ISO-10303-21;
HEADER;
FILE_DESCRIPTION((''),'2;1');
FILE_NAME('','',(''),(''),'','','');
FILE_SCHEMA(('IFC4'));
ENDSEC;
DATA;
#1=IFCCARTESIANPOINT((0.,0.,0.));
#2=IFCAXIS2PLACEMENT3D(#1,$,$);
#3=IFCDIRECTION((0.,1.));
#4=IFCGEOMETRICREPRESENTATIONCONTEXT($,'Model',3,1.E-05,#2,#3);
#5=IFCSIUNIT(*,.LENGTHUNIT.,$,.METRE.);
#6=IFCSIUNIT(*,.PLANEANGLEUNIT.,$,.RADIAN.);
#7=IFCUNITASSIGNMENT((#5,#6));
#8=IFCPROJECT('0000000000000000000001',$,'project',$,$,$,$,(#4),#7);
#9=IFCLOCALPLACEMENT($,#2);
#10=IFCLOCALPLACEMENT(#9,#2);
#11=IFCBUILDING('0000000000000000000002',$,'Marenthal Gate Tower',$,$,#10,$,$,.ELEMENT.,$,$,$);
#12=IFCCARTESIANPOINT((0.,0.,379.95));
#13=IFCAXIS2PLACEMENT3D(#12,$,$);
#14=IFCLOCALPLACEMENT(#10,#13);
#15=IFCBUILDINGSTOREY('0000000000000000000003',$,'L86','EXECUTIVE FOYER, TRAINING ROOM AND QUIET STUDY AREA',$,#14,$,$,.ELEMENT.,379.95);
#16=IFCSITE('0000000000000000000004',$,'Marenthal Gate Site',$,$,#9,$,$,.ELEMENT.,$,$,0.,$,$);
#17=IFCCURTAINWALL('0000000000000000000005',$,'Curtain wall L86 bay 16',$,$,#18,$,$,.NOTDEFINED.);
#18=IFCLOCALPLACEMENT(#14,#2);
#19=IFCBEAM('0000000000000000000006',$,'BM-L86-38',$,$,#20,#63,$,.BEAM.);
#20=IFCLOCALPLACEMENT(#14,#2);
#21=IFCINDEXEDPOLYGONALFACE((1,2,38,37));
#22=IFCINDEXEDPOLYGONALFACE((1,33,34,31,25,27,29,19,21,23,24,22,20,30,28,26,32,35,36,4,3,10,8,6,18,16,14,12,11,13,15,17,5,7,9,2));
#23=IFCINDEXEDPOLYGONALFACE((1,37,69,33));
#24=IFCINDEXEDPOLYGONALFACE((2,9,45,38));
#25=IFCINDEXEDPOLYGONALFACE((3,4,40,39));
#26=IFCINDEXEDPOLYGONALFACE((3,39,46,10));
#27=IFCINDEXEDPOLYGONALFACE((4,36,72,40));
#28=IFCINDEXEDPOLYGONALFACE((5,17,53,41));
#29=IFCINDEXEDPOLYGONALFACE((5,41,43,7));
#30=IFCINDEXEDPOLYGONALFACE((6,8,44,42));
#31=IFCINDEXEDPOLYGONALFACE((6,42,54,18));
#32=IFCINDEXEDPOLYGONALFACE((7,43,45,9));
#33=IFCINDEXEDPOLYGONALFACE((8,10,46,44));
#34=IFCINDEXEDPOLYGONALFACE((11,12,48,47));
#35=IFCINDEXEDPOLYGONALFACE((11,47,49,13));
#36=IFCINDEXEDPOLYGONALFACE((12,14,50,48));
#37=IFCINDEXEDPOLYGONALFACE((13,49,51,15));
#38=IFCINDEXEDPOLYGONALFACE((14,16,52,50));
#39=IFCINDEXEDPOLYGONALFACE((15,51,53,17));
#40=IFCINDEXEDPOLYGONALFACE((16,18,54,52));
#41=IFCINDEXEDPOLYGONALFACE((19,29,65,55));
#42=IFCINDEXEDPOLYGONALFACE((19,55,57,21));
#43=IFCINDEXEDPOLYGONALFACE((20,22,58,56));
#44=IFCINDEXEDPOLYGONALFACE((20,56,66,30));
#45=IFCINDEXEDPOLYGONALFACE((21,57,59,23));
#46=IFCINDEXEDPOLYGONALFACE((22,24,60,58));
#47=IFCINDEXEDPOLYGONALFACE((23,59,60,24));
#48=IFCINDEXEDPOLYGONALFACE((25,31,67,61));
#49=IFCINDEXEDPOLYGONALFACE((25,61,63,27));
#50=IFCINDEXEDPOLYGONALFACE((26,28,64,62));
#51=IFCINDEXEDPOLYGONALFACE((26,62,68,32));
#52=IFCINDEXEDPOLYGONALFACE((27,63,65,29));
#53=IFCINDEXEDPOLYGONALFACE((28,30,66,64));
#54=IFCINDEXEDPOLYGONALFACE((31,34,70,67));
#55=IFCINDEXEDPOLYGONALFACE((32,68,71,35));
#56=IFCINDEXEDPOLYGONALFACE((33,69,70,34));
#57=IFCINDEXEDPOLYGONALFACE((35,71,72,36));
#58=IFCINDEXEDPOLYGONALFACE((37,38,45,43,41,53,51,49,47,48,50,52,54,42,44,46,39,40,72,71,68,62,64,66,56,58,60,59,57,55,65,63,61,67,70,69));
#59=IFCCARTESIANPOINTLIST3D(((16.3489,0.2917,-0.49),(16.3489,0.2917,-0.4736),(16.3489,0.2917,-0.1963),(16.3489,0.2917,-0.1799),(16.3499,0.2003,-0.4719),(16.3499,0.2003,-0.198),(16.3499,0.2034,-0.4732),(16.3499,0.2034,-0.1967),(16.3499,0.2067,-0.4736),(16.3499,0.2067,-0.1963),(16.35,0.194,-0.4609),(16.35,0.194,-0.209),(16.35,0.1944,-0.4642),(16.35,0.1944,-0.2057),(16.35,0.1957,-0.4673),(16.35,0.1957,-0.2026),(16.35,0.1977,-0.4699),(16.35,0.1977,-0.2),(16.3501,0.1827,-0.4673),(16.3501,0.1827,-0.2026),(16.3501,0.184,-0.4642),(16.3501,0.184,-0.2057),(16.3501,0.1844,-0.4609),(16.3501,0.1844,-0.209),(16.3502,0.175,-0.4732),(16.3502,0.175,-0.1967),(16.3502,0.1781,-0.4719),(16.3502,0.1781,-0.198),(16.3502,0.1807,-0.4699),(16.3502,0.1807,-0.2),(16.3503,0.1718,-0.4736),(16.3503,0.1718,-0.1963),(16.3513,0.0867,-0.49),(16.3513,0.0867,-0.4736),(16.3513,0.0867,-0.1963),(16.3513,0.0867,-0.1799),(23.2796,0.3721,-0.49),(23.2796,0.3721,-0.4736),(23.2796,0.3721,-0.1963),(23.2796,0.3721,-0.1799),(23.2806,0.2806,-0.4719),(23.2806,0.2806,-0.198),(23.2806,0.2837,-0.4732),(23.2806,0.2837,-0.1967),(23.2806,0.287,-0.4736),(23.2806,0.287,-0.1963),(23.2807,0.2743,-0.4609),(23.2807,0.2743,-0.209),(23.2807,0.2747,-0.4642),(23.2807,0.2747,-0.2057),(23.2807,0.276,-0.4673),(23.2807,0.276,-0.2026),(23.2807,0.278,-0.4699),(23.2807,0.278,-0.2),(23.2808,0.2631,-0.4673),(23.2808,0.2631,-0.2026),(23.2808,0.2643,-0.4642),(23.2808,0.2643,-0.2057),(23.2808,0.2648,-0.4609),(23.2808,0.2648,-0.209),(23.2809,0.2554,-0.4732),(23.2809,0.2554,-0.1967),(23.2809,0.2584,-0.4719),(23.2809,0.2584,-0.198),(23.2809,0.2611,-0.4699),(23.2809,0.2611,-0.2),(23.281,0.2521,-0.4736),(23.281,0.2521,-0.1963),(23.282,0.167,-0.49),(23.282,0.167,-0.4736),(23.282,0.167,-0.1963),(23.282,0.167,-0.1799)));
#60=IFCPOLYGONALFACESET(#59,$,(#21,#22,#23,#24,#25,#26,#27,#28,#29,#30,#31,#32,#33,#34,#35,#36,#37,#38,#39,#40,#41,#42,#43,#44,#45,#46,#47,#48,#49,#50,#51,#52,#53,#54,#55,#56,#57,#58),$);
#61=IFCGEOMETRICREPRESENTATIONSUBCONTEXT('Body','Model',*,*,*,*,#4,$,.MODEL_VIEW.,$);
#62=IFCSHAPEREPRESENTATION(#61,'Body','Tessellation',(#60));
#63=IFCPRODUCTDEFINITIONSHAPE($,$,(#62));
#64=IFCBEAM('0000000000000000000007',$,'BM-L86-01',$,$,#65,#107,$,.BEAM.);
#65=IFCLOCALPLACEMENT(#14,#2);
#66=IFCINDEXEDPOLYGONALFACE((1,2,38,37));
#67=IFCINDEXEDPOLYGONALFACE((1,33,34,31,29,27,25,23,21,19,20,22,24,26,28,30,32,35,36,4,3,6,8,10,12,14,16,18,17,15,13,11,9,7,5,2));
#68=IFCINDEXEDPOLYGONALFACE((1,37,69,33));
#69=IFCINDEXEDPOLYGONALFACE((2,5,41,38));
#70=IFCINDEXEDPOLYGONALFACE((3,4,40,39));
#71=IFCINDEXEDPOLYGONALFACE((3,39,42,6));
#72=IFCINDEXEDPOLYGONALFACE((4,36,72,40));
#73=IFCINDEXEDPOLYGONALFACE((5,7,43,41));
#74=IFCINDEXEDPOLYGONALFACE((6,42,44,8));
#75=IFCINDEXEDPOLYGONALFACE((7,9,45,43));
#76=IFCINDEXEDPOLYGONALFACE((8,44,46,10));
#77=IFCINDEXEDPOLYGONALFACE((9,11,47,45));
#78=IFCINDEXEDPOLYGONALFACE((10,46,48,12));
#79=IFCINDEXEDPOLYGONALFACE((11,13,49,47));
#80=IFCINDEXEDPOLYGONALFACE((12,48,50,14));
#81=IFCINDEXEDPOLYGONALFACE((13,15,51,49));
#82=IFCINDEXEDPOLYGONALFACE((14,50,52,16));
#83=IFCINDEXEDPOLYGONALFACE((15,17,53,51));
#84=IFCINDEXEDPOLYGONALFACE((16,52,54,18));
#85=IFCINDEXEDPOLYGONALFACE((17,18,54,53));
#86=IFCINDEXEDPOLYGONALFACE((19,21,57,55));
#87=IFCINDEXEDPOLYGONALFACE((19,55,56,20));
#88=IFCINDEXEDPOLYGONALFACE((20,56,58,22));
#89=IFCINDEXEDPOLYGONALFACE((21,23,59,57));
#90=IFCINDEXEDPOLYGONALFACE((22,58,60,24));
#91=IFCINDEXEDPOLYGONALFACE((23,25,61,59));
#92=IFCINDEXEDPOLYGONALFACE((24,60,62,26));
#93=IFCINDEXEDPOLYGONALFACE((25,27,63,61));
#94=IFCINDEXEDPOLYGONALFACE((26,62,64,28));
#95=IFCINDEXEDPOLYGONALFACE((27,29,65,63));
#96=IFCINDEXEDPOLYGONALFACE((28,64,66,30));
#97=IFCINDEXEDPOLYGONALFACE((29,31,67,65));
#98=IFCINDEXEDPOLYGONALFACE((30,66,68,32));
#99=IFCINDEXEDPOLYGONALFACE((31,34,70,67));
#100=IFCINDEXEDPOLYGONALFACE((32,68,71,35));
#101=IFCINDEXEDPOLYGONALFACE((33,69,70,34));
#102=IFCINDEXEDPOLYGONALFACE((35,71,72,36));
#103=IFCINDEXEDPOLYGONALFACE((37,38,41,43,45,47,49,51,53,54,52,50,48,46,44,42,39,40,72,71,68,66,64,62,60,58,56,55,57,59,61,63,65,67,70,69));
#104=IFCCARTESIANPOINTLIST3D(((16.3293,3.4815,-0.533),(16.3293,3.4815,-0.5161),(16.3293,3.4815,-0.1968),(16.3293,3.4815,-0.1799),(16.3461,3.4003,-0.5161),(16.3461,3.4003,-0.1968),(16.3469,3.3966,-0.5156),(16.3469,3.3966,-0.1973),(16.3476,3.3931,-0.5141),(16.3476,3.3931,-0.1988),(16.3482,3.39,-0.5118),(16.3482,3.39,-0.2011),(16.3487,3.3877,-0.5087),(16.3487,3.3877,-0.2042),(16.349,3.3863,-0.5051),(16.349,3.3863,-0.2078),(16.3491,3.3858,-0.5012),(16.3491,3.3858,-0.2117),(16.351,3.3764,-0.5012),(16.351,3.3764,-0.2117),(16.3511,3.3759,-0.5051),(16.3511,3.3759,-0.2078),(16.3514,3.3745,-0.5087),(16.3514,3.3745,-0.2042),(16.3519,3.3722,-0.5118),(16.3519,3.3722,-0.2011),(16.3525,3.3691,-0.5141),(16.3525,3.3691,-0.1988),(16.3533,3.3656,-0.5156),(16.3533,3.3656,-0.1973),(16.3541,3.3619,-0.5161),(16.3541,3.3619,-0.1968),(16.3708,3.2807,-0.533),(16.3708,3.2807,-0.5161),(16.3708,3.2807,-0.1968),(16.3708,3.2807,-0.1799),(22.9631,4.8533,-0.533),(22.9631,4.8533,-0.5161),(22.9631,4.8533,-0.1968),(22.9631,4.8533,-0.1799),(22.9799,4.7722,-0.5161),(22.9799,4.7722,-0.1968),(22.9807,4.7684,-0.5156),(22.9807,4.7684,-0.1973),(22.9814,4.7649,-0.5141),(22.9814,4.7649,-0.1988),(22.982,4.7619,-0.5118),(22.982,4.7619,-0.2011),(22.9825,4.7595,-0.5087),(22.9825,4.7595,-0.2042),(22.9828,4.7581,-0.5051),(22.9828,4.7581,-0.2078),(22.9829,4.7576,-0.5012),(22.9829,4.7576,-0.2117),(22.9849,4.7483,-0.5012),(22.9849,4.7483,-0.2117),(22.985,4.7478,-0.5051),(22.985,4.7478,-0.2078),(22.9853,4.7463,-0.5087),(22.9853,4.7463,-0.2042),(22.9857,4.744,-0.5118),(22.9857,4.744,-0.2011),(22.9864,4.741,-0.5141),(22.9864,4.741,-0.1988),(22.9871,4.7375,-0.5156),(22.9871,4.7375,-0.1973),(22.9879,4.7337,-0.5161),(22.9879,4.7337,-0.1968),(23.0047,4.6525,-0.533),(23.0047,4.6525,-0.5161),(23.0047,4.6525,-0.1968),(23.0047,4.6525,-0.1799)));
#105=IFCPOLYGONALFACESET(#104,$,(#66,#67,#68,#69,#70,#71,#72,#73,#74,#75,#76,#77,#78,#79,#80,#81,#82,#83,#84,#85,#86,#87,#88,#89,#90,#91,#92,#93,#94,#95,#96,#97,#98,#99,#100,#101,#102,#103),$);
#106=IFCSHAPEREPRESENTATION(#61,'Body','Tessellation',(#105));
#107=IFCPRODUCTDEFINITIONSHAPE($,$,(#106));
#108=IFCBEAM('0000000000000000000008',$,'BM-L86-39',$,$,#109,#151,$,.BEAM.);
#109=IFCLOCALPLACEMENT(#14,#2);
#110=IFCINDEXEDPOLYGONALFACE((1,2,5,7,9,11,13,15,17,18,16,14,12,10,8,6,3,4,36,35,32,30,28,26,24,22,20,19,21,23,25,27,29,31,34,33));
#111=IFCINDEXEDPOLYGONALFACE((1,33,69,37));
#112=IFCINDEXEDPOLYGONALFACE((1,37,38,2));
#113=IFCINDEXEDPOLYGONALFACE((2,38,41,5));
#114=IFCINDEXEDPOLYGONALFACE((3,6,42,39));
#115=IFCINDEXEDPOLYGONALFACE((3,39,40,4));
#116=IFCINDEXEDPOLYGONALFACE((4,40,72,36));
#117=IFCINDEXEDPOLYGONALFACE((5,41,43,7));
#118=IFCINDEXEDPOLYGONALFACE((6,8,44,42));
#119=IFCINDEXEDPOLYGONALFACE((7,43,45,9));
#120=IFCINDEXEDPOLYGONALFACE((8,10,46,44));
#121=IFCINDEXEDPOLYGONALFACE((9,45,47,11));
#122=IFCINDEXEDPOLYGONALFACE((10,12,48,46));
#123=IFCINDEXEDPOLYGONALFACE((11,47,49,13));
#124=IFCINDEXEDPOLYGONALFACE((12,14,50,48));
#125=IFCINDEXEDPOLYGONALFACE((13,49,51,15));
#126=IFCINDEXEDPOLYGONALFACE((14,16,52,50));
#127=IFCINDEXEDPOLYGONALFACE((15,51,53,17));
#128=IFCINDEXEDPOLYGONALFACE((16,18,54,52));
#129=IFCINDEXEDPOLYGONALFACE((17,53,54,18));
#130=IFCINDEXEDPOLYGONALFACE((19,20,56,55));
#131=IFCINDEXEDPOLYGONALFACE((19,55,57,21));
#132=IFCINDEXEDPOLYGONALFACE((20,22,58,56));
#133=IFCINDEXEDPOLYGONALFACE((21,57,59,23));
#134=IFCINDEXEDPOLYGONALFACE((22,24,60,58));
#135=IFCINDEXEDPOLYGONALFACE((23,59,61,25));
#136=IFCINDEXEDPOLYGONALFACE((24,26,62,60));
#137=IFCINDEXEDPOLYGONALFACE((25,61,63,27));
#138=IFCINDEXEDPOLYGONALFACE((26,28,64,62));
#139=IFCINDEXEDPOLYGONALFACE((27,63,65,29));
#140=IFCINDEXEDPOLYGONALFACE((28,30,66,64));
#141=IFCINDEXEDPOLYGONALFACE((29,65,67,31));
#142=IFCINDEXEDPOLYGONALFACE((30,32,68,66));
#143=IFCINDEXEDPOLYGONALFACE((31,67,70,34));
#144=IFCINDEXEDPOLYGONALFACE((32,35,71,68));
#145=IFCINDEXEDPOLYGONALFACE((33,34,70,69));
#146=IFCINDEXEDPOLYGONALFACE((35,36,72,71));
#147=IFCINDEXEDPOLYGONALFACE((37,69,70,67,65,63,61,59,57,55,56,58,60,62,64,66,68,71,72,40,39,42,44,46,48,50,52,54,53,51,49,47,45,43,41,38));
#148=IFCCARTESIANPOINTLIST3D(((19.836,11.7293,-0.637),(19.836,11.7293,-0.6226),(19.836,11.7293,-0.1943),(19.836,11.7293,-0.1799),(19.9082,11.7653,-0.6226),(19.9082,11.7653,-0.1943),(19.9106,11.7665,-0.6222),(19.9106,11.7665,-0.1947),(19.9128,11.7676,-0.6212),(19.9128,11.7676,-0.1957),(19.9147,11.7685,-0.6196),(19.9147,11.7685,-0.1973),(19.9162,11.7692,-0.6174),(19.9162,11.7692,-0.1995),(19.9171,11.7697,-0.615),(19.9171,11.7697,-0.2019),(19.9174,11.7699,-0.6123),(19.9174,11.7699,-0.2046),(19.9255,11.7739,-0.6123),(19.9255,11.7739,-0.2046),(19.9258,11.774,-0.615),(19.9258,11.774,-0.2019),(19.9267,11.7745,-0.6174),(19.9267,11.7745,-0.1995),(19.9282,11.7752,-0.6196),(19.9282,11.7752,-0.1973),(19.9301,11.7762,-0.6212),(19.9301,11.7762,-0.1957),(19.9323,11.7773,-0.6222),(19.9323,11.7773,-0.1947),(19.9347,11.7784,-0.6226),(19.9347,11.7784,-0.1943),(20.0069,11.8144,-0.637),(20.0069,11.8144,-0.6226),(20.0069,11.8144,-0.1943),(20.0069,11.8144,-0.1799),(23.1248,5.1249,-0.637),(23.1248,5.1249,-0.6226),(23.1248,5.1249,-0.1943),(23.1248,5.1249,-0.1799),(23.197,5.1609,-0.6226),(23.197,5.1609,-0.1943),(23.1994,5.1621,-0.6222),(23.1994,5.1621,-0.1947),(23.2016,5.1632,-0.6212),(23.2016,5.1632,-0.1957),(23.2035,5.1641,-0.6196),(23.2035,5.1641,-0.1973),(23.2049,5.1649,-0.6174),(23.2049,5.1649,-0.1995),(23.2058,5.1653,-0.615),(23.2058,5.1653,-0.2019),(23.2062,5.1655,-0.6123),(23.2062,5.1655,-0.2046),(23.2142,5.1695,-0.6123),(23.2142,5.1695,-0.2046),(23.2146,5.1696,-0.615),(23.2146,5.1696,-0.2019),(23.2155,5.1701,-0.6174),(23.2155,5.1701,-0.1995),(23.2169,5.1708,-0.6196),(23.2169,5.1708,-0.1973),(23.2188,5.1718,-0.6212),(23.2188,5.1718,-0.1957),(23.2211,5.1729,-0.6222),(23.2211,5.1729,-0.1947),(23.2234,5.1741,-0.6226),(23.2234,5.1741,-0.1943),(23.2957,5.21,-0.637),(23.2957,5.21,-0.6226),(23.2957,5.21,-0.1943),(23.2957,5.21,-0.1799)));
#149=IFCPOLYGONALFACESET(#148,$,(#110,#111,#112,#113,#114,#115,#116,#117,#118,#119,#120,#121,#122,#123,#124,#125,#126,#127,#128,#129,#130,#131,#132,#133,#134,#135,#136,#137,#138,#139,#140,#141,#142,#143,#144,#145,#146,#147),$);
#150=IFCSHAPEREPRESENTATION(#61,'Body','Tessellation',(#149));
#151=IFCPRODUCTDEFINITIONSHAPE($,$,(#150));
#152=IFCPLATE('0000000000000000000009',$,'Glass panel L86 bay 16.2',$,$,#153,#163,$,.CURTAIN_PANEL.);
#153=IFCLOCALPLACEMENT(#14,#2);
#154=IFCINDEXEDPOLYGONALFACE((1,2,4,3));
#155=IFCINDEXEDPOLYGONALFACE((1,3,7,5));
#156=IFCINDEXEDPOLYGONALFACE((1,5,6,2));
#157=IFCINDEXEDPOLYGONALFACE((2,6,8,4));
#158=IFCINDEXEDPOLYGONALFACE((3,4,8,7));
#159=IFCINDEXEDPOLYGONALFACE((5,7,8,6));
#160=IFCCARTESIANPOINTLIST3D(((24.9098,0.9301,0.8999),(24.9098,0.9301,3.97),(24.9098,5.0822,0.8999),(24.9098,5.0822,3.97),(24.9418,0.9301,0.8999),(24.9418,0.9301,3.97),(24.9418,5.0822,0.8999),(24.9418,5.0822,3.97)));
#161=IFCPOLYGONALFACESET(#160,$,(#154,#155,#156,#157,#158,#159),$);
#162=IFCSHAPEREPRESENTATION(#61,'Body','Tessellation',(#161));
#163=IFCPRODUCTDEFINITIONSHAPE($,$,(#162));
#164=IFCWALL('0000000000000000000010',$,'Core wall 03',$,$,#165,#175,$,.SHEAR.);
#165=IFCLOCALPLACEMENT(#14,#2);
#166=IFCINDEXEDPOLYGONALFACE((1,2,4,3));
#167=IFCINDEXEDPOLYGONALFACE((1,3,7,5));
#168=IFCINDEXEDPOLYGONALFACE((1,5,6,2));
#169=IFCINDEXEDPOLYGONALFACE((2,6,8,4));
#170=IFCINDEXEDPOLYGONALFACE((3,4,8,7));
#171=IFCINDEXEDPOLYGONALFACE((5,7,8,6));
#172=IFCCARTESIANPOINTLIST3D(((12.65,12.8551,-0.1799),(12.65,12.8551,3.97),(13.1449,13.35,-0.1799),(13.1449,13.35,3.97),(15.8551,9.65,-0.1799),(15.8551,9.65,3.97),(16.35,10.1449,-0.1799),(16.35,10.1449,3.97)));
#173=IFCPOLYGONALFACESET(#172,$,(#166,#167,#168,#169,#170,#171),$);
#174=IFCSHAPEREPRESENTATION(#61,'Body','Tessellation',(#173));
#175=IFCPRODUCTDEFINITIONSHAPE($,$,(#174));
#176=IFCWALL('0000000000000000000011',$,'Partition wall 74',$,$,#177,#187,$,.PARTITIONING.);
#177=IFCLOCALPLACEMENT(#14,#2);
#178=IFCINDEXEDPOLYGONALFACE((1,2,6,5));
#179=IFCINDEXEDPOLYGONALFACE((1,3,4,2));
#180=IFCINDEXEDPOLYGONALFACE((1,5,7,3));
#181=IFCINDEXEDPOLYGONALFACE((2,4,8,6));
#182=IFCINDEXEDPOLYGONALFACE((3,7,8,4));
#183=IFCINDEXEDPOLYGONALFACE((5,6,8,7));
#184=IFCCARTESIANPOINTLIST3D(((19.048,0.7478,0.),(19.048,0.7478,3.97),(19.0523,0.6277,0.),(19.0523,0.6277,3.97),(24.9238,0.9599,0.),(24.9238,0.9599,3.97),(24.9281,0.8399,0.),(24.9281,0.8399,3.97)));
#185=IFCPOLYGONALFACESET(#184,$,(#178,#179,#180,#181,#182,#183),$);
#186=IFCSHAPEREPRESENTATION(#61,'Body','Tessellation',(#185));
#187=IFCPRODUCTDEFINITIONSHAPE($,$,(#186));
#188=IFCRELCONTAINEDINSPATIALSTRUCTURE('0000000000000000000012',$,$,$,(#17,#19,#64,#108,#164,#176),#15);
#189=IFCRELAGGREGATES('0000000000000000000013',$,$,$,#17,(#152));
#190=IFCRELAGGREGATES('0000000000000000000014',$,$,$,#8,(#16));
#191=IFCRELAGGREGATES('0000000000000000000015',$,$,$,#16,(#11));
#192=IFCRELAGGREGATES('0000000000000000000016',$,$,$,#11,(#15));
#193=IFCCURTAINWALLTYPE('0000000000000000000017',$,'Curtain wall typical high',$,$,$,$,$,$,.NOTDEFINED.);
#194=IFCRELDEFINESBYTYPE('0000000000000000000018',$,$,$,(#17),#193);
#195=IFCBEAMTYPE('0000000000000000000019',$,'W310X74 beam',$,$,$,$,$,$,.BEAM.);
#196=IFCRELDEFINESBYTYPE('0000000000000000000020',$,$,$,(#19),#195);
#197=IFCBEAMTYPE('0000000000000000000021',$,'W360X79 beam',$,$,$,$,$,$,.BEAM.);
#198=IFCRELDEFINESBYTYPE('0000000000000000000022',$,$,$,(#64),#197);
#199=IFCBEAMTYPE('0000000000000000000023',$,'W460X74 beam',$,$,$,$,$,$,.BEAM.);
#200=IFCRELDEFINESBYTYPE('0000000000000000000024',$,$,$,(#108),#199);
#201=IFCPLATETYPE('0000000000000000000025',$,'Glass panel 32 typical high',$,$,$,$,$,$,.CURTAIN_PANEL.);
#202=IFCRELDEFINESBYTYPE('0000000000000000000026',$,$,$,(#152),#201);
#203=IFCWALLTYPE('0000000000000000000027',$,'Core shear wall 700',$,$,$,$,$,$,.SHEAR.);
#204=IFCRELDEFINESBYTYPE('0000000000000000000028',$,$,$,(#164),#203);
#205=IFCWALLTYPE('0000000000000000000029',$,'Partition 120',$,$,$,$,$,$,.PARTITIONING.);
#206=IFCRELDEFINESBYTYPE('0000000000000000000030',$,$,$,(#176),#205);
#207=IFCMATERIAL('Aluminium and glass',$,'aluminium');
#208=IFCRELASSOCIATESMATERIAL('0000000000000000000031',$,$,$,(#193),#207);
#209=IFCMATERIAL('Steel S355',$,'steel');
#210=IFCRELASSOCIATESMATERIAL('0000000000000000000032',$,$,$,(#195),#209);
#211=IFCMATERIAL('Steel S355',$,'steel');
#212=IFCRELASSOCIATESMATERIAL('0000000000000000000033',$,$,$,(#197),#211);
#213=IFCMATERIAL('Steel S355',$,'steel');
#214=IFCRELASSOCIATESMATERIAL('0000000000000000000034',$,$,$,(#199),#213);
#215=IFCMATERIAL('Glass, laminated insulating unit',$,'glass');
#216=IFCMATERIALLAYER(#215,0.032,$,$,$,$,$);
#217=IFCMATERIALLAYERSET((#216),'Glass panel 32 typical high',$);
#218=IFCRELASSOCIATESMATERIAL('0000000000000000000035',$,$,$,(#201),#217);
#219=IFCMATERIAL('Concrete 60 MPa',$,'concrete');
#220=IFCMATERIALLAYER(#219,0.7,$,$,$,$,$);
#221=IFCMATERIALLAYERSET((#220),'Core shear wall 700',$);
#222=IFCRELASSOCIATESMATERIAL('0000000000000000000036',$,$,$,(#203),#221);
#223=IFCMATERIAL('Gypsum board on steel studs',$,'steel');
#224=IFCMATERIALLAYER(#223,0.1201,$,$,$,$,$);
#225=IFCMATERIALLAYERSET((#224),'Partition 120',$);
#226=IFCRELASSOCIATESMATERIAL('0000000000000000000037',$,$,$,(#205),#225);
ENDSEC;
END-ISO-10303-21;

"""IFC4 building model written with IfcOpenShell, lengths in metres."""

from ifc_helpers import new_model, si_unit, direction, frame, frame_2d, origin, origin_2d, place, context, subcontext, project, spatial, rectangle, i_section, extrude, material, layer, layer_set, material_profile, profile_set, type_object, element, aggregate, save


model = new_model("IFC4")

# Units and contexts
model_context = context("Model", 3, precision=1e-05, world=origin(), true_north=direction((0.0, 1.0)))
body_context = subcontext(model_context, "Body", "Model", "MODEL_VIEW")
ifc_project = project(units=[si_unit("LENGTHUNIT", "METRE"), si_unit("PLANEANGLEUNIT", "RADIAN")], contexts=[model_context])

# Site, building, storey
site_placement = place(None, origin())
site = spatial("IfcSite", under=ifc_project, at=site_placement, Name="Marenthal Gate Site", CompositionType="ELEMENT", RefElevation=0.0)
building_placement = place(site_placement, origin())
building = spatial("IfcBuilding", under=site, at=building_placement, Name="Marenthal Gate Tower", CompositionType="ELEMENT")
storey_placement = place(building_placement, frame((0.0, 0.0, 379.95)))
storey = spatial("IfcBuildingStorey", under=building, at=storey_placement, Name="L86", Description="EXECUTIVE FOYER, TRAINING ROOM AND QUIET STUDY AREA", CompositionType="ELEMENT", Elevation=379.95)

# Curtain wall
ifc_material_1 = material(Name="Aluminium and glass", Category="aluminium")
curtain_wall_type = type_object("IfcCurtainWallType", Name="Curtain wall typical high", PredefinedType="NOTDEFINED", material=ifc_material_1)
curtain_wall_placement = place(storey_placement, origin())
curtain_wall = element("IfcCurtainWall", 1, at=curtain_wall_placement, inside=storey, type_object=curtain_wall_type, Name="Curtain wall L86 bay 16", PredefinedType="NOTDEFINED")

# Beams
ifc_material_2 = material(Name="Steel S355", Category="steel")
ifc_material_profile_1 = material_profile(ifc_material_2, i_section(OverallWidth=0.2051, OverallDepth=0.3101, WebThickness=0.0095, FlangeThickness=0.0164, FilletRadius=0.0127, at=origin_2d()), Name="W310X74")
ifc_profile_set_1 = profile_set([ifc_material_profile_1], Name="Steel S355")
beam_type_1 = type_object("IfcBeamType", Name="W310X74 beam", PredefinedType="BEAM", material=ifc_profile_set_1)
beam_1_placement = place(storey_placement, frame((23.2808, 0.2695, -0.335), z_axis=(-0.999933, -0.011589, 0.0), x_axis=(0.011589, -0.999933, 0.0)))
element("IfcBeam", 2, at=beam_1_placement, inside=storey, type_object=beam_type_1, Name="BM-L86-38", PredefinedType="BEAM", context=body_context, shape_type="SweptSolid", body=[
    extrude(i_section(OverallWidth=0.2051, OverallDepth=0.3101, WebThickness=0.0095, FlangeThickness=0.0164, FilletRadius=0.0127, at=origin_2d()), origin(), (0.0, 0.0, 1.0), 6.9312),
])
ifc_material_3 = material(Name="Steel S355", Category="steel")
ifc_material_profile_2 = material_profile(ifc_material_3, i_section(OverallWidth=0.2051, OverallDepth=0.353, WebThickness=0.0095, FlangeThickness=0.0168, FilletRadius=0.0149, at=origin_2d()), Name="W360X79")
ifc_profile_set_2 = profile_set([ifc_material_profile_2], Name="Steel S355")
beam_type_2 = type_object("IfcBeamType", Name="W360X79 beam", PredefinedType="BEAM", material=ifc_profile_set_2)
beam_2_placement = place(storey_placement, frame((22.9839, 4.7529, -0.3564), z_axis=(-0.97928, -0.202509, 0.0), x_axis=(0.202509, -0.97928, 0.0)))
element("IfcBeam", 3, at=beam_2_placement, inside=storey, type_object=beam_type_2, Name="BM-L86-01", PredefinedType="BEAM", context=body_context, shape_type="SweptSolid", body=[
    extrude(i_section(OverallWidth=0.2051, OverallDepth=0.353, WebThickness=0.0095, FlangeThickness=0.0168, FilletRadius=0.0149, at=origin_2d()), origin(), (0.0, 0.0, 1.0), 6.7742),
])
ifc_material_4 = material(Name="Steel S355", Category="steel")
ifc_material_profile_3 = material_profile(ifc_material_4, i_section(OverallWidth=0.1909, OverallDepth=0.457, WebThickness=0.009, FlangeThickness=0.0144, FilletRadius=0.0103, at=origin_2d()), Name="W460X74")
ifc_profile_set_3 = profile_set([ifc_material_profile_3], Name="Steel S355")
beam_type_3 = type_object("IfcBeamType", Name="W460X74 beam", PredefinedType="BEAM", material=ifc_profile_set_3)
beam_3_placement = place(storey_placement, frame((23.2102, 5.1675, -0.4084), z_axis=(-0.445757, 0.895154, 0.0), x_axis=(-0.895154, -0.445757, 0.0)))
element("IfcBeam", 4, at=beam_3_placement, inside=storey, type_object=beam_type_3, Name="BM-L86-39", PredefinedType="BEAM", context=body_context, shape_type="SweptSolid", body=[
    extrude(i_section(OverallWidth=0.1909, OverallDepth=0.457, WebThickness=0.009, FlangeThickness=0.0144, FilletRadius=0.0103, at=origin_2d()), origin(), (0.0, 0.0, 1.0), 7.3779),
])

# Plate
ifc_material_5 = material(Name="Glass, laminated insulating unit", Category="glass")
ifc_layer_1 = layer(ifc_material_5, 0.032)
ifc_layer_set_1 = layer_set([ifc_layer_1], Name="Glass panel 32 typical high")
plate_type = type_object("IfcPlateType", Name="Glass panel 32 typical high", PredefinedType="CURTAIN_PANEL", material=ifc_layer_set_1)
plate_placement = place(storey_placement, frame((24.9258, 3.0061, 0.8999), z_axis=(0.0, 0.0, 1.0), x_axis=(0.0, 1.0, 0.0)))
plate = element("IfcPlate", 5, at=plate_placement, type_object=plate_type, Name="Glass panel L86 bay 16.2", PredefinedType="CURTAIN_PANEL", context=body_context, shape_type="SweptSolid", body=[
    extrude(rectangle(XDim=4.1521, YDim=0.032, at=origin_2d()), origin(), (0.0, 0.0, 1.0), 3.0701),
])
aggregate(curtain_wall, [plate])

# Walls
ifc_material_6 = material(Name="Concrete 60 MPa", Category="concrete")
ifc_layer_2 = layer(ifc_material_6, 0.7)
ifc_layer_set_2 = layer_set([ifc_layer_2], Name="Core shear wall 700")
wall_type_1 = type_object("IfcWallType", Name="Core shear wall 700", PredefinedType="SHEAR", material=ifc_layer_set_2)
wall_1_placement = place(storey_placement, frame((16.1025, 9.8975, -0.1799), z_axis=(0.0, 0.0, 1.0), x_axis=(-0.707107, 0.707107, 0.0)))
element("IfcWall", 6, at=wall_1_placement, inside=storey, type_object=wall_type_1, Name="Core wall 03", PredefinedType="SHEAR", context=body_context, shape_type="SweptSolid", body=[
    extrude(rectangle(XDim=4.5327, YDim=0.7, at=frame_2d((2.2664, 0.0))), origin(), (0.0, 0.0, 1.0), 4.1499),
])
ifc_material_7 = material(Name="Gypsum board on steel studs", Category="steel")
ifc_layer_3 = layer(ifc_material_7, 0.1201)
ifc_layer_set_3 = layer_set([ifc_layer_3], Name="Partition 120")
wall_type_2 = type_object("IfcWallType", Name="Partition 120", PredefinedType="PARTITIONING", material=ifc_layer_set_3)
wall_2_placement = place(storey_placement, frame((19.05, 0.6877, 0.0), z_axis=(0.0, 0.0, 1.0), x_axis=(0.999349, 0.036084, 0.0)))
element("IfcWall", 7, at=wall_2_placement, inside=storey, type_object=wall_type_2, Name="Partition wall 74", PredefinedType="PARTITIONING", context=body_context, shape_type="SweptSolid", body=[
    extrude(rectangle(XDim=5.8796, YDim=0.1201, at=frame_2d((2.9399, 0.0))), origin(), (0.0, 0.0, 1.0), 3.97),
])

save(model, "model.ifc")
